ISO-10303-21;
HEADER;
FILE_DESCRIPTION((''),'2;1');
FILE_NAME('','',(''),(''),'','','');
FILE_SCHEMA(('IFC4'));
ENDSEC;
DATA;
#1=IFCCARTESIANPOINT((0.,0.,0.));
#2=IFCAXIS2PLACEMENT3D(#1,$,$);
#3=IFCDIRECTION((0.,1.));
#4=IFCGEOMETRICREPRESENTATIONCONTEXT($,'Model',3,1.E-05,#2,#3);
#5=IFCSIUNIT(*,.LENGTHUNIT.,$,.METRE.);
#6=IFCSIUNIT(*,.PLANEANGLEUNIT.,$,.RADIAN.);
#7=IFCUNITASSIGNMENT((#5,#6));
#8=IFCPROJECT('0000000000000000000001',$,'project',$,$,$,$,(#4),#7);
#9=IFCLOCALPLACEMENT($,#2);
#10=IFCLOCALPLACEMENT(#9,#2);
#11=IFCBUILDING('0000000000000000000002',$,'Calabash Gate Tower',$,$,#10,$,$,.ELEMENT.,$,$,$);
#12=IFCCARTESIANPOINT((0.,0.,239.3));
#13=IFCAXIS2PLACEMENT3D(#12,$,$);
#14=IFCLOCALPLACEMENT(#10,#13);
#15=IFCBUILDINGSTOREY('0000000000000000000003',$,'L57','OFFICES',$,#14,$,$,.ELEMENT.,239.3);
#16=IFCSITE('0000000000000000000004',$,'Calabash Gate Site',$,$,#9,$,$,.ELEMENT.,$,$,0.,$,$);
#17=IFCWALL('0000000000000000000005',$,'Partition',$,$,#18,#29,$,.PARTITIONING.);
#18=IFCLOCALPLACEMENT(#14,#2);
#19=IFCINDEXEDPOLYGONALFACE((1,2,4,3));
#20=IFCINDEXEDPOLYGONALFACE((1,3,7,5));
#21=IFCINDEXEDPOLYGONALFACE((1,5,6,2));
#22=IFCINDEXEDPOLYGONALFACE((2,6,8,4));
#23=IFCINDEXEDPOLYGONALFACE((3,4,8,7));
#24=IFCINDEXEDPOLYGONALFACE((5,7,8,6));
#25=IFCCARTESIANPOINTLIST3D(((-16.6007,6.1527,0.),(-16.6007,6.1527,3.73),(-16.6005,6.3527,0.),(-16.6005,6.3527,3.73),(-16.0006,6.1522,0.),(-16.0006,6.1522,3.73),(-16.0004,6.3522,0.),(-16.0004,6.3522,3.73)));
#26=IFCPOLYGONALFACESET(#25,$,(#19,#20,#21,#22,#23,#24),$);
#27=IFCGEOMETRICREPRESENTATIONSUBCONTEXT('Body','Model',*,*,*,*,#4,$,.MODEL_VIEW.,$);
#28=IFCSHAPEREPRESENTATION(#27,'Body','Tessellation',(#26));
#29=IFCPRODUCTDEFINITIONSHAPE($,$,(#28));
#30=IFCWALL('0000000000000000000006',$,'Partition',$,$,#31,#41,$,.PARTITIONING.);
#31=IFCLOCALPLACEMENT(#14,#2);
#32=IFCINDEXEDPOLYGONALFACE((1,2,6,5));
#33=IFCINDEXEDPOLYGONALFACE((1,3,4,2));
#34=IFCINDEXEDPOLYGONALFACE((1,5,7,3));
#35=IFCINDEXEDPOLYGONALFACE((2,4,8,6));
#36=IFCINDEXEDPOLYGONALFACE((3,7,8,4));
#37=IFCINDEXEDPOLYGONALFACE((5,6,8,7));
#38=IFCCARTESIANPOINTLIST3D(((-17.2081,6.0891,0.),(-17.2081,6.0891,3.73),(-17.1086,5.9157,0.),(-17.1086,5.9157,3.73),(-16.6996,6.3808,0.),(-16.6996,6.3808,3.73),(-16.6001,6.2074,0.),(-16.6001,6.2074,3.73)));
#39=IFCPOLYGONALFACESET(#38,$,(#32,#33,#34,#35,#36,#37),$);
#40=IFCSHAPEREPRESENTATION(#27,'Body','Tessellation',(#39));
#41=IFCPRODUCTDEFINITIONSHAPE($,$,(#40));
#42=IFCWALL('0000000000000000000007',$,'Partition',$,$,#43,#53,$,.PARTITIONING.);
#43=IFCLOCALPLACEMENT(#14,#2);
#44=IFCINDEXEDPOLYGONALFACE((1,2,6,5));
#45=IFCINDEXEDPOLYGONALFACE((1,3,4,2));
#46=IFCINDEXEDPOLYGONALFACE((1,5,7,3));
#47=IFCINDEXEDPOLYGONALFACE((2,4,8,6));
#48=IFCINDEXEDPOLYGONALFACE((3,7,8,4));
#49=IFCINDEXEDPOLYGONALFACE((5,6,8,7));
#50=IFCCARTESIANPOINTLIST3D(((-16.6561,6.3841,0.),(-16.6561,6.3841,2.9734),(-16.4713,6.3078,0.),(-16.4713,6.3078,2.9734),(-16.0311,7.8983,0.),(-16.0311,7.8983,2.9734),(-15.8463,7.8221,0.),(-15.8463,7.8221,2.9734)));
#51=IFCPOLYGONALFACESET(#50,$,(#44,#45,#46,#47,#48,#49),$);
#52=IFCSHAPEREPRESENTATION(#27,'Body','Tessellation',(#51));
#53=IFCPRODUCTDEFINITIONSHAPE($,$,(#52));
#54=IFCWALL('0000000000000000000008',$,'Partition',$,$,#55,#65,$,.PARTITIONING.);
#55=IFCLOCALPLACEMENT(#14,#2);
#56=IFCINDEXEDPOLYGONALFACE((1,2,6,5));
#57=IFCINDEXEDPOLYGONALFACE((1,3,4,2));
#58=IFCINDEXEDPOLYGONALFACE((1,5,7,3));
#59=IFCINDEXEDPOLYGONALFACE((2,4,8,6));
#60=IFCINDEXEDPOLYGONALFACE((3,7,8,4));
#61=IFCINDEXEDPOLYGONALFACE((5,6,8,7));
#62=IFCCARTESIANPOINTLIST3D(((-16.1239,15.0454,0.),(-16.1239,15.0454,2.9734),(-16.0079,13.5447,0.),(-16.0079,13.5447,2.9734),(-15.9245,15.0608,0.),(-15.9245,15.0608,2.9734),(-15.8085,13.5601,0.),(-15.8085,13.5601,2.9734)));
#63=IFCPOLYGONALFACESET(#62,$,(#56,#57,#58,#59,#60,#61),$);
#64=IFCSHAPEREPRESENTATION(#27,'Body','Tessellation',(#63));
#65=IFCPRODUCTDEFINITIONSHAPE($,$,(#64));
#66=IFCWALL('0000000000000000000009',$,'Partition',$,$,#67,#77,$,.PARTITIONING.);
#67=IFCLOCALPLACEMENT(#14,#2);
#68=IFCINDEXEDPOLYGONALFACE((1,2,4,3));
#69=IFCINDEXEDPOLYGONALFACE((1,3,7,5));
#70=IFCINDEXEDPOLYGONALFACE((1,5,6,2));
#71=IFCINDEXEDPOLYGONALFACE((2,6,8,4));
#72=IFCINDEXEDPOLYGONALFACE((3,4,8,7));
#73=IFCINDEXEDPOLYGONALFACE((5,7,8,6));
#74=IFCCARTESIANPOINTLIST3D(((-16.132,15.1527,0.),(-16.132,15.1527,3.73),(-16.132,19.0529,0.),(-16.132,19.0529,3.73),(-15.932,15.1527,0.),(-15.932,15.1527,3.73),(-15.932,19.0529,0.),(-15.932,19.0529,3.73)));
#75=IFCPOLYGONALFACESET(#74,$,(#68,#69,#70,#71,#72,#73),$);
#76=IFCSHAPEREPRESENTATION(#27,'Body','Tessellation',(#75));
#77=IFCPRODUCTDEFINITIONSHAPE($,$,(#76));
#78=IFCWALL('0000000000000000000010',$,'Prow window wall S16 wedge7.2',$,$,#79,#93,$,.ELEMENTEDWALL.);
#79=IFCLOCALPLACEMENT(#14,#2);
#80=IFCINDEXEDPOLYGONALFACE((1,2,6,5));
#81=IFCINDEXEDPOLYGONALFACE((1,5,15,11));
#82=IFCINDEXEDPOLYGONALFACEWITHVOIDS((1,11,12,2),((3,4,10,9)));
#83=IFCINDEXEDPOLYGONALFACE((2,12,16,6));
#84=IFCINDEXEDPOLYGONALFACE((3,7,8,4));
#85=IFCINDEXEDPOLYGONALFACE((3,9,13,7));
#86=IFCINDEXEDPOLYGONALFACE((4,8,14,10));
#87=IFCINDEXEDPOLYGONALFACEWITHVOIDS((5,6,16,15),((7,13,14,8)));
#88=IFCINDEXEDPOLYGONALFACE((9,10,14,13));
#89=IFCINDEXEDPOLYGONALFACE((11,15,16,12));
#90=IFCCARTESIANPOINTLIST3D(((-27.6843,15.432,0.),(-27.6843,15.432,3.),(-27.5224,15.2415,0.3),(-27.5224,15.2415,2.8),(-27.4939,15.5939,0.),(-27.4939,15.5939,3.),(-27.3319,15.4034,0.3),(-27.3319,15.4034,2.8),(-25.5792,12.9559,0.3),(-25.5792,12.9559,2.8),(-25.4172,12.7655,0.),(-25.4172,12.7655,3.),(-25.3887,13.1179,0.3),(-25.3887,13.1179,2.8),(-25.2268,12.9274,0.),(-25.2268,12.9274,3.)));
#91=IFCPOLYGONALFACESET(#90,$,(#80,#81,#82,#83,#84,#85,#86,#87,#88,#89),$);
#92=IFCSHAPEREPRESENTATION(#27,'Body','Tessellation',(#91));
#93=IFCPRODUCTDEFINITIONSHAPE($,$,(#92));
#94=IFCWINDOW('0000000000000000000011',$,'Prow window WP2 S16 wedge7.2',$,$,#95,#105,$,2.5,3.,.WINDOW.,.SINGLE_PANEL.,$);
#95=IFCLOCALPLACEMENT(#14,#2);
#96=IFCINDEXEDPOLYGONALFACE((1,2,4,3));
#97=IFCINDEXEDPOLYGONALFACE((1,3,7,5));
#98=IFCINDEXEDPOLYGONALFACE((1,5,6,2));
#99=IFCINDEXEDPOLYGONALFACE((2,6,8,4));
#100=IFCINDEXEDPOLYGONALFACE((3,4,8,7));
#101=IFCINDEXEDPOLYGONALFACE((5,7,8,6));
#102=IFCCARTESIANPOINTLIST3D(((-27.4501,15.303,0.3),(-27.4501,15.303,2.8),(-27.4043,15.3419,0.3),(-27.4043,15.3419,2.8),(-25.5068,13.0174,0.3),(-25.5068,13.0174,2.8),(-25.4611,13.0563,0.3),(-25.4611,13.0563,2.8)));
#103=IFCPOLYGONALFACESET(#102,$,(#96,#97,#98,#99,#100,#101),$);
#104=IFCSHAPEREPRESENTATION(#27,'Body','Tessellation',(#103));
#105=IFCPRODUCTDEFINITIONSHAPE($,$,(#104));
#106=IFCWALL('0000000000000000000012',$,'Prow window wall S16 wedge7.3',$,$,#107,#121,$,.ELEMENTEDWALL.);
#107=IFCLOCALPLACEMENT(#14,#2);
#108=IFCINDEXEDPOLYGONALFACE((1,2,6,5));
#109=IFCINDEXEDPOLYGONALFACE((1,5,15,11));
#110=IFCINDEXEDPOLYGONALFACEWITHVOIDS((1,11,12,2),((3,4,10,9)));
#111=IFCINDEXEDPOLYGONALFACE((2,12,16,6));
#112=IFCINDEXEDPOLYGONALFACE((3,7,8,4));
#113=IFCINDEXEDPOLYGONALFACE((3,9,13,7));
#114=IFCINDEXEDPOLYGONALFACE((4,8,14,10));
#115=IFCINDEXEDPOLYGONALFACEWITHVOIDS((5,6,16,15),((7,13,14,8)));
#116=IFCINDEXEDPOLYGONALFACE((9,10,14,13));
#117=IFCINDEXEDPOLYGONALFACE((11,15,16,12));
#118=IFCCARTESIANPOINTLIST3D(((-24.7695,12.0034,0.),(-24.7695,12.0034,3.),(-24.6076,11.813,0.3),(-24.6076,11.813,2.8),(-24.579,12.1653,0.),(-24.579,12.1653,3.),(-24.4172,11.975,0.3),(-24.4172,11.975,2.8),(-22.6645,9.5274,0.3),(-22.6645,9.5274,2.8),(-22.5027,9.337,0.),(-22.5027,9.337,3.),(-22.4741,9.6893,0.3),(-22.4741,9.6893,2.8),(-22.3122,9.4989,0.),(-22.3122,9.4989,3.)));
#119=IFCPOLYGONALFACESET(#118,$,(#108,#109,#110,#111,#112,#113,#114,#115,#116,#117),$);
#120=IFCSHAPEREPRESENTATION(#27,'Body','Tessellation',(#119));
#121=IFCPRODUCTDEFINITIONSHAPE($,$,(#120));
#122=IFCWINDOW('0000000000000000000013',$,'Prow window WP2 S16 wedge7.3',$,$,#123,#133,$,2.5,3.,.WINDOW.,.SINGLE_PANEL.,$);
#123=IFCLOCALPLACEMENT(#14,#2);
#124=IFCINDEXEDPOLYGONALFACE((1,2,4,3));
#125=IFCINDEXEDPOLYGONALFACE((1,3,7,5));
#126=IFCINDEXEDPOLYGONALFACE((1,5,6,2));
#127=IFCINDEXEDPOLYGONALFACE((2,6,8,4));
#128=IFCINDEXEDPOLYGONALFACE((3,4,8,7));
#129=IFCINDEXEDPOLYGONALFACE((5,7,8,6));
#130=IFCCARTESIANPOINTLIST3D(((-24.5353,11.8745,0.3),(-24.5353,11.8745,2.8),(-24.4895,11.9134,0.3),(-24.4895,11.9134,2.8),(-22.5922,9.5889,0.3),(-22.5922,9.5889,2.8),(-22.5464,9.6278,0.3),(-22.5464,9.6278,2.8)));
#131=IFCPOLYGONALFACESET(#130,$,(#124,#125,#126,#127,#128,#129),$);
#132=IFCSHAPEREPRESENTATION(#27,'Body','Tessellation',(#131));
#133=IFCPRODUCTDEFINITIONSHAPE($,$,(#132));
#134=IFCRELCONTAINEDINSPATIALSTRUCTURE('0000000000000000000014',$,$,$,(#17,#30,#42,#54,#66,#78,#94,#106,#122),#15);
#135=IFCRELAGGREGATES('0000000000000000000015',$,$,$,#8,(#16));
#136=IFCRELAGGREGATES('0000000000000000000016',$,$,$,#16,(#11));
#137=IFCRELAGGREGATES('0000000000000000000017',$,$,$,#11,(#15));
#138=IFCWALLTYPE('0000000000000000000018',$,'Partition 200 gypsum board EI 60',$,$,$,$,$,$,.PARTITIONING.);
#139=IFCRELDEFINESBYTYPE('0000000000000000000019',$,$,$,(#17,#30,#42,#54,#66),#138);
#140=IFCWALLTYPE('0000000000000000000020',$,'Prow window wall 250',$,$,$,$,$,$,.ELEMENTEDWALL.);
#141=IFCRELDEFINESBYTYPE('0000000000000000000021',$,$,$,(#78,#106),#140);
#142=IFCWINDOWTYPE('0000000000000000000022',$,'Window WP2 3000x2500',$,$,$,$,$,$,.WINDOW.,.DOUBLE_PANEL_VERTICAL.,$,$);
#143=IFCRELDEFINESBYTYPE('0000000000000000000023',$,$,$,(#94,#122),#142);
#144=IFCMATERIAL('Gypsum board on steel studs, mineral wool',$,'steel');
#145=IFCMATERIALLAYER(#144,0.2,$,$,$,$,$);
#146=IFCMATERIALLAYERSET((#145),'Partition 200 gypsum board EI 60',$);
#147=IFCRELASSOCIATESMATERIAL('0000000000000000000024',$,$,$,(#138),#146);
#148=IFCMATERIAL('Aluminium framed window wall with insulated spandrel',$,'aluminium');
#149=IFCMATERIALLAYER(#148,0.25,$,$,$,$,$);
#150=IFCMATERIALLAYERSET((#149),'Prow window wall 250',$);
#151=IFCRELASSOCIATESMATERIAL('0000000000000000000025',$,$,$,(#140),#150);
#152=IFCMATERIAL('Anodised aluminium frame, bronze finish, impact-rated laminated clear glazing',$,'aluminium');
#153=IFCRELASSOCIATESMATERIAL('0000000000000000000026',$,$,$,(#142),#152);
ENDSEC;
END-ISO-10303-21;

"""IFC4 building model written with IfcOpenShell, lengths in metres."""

from ifc_helpers import new_model, si_unit, direction, frame, frame_2d, origin, place, context, subcontext, project, spatial, rectangle, extrude, material, layer, layer_set, type_object, element, fill, save


model = new_model("IFC4")

# Units and contexts
model_context = context("Model", 3, precision=1e-05, world=origin(), true_north=direction((0.0, 1.0)))
body_context = subcontext(model_context, "Body", "Model", "MODEL_VIEW")
ifc_project = project(units=[si_unit("LENGTHUNIT", "METRE"), si_unit("PLANEANGLEUNIT", "RADIAN")], contexts=[model_context])

# Site, building, storey
site_placement = place(None, origin())
site = spatial("IfcSite", under=ifc_project, at=site_placement, Name="Calabash Gate Site", CompositionType="ELEMENT", RefElevation=0.0)
building_placement = place(site_placement, origin())
building = spatial("IfcBuilding", under=site, at=building_placement, Name="Calabash Gate Tower", CompositionType="ELEMENT")
storey_placement = place(building_placement, frame((0.0, 0.0, 239.3)))
storey = spatial("IfcBuildingStorey", under=building, at=storey_placement, Name="L57", Description="OFFICES", CompositionType="ELEMENT", Elevation=239.3)

# Walls
ifc_material_1 = material(Name="Gypsum board on steel studs, mineral wool", Category="steel")
ifc_layer_1 = layer(ifc_material_1, 0.2)
ifc_layer_set_1 = layer_set([ifc_layer_1], Name="Partition 200 gypsum board EI 60")
wall_type_1 = type_object("IfcWallType", Name="Partition 200 gypsum board EI 60", PredefinedType="PARTITIONING", material=ifc_layer_set_1)
wall_1_placement = place(storey_placement, frame((-16.6006, 6.2527, 0.0), z_axis=(0.0, 0.0, 1.0), x_axis=(1.0, -0.000814, 0.0)))
element("IfcWall", 1, at=wall_1_placement, inside=storey, type_object=wall_type_1, Name="Partition", PredefinedType="PARTITIONING", context=body_context, shape_type="SweptSolid", body=[
    extrude(rectangle(XDim=0.6001, YDim=0.2, at=frame_2d((0.3, 0.0))), origin(), (0.0, 0.0, 1.0), 3.73),
])
wall_2_placement = place(storey_placement, frame((-17.1582, 6.0024, 0.0), z_axis=(0.0, 0.0, 1.0), x_axis=(0.867396, 0.497618, 0.0)))
element("IfcWall", 2, at=wall_2_placement, inside=storey, type_object=wall_type_1, Name="Partition", PredefinedType="PARTITIONING", context=body_context, shape_type="SweptSolid", body=[
    extrude(rectangle(XDim=0.5862, YDim=0.2, at=frame_2d((0.293, 0.0))), origin(), (0.0, 0.0, 1.0), 3.73),
])
wall_3_placement = place(storey_placement, frame((-16.5637, 6.3459, 0.0), z_axis=(0.0, 0.0, 1.0), x_axis=(0.381544, 0.924351, 0.0)))
element("IfcWall", 3, at=wall_3_placement, inside=storey, type_object=wall_type_1, Name="Partition", PredefinedType="PARTITIONING", context=body_context, shape_type="SweptSolid", body=[
    extrude(rectangle(XDim=1.6382, YDim=0.2, at=frame_2d((0.8191, 0.0))), origin(), (0.0, 0.0, 1.0), 2.9734),
])
wall_4_placement = place(storey_placement, frame((-16.0242, 15.053, 0.0), z_axis=(0.0, 0.0, 1.0), x_axis=(0.077044, -0.997028, 0.0)))
element("IfcWall", 4, at=wall_4_placement, inside=storey, type_object=wall_type_1, Name="Partition", PredefinedType="PARTITIONING", context=body_context, shape_type="SweptSolid", body=[
    extrude(rectangle(XDim=1.5051, YDim=0.2, at=frame_2d((0.7524, 0.0))), origin(), (0.0, 0.0, 1.0), 2.9734),
])
wall_5_placement = place(storey_placement, frame((-16.032, 15.1526, 0.0), z_axis=(0.0, 0.0, 1.0), x_axis=(0.0, 1.0, 0.0)))
element("IfcWall", 5, at=wall_5_placement, inside=storey, type_object=wall_type_1, Name="Partition", PredefinedType="PARTITIONING", context=body_context, shape_type="SweptSolid", body=[
    extrude(rectangle(XDim=3.9001, YDim=0.2, at=frame_2d((1.9502, 0.0))), origin(), (0.0, 0.0, 1.0), 3.73),
])

# Walls, openings, windows
ifc_material_2 = material(Name="Aluminium framed window wall with insulated spandrel", Category="aluminium")
ifc_layer_2 = layer(ifc_material_2, 0.25)
ifc_layer_set_2 = layer_set([ifc_layer_2], Name="Prow window wall 250")
wall_type_2 = type_object("IfcWallType", Name="Prow window wall 250", PredefinedType="ELEMENTEDWALL", material=ifc_layer_set_2)
wall_6_placement = place(storey_placement, frame((-27.5891, 15.5129, 0.0), z_axis=(0.0, 0.0, 1.0), x_axis=(0.647742, -0.76186, 0.0)))
wall_6 = element("IfcWall", 6, at=wall_6_placement, inside=storey, type_object=wall_type_2, Name="Prow window wall S16 wedge7.2", PredefinedType="ELEMENTEDWALL", context=body_context, shape_type="SweptSolid", body=[
    extrude(rectangle(XDim=3.5, YDim=0.25, at=frame_2d((1.75, 0.0))), origin(), (0.0, 0.0, 1.0), 3.0),
])
opening_1_placement = place(wall_6_placement, frame((0.25, 0.0, 0.3)))
opening_1 = element("IfcOpeningElement", 7, at=opening_1_placement, cuts=wall_6, PredefinedType="OPENING", context=body_context, shape_type="SweptSolid", body=[
    extrude(rectangle(XDim=3.0, YDim=2.5, at=frame_2d((1.5, 1.25))), frame((0.0, 0.135, 0.0), z_axis=(0.0, -1.0, 0.0), x_axis=(1.0, 0.0, 0.0)), (0.0, 0.0, 1.0), 0.27),
])
ifc_material_3 = material(Name="Anodised aluminium frame, bronze finish, impact-rated laminated clear glazing", Category="aluminium")
window_type_1 = type_object("IfcWindowType", Name="Window WP2 3000x2500", PartitioningType="DOUBLE_PANEL_VERTICAL", PredefinedType="WINDOW", material=ifc_material_3)
window_1_placement = place(opening_1_placement, origin())
window_1 = element("IfcWindow", 8, at=window_1_placement, inside=storey, type_object=window_type_1, Name="Prow window WP2 S16 wedge7.2", OverallHeight=2.5, OverallWidth=3.0, PartitioningType="SINGLE_PANEL", PredefinedType="WINDOW", context=body_context, shape_type="SweptSolid", body=[
    extrude(rectangle(XDim=3.0, YDim=2.5, at=frame_2d((1.5, 1.25))), frame((0.0, 0.03, 0.0), z_axis=(0.0, -1.0, 0.0), x_axis=(1.0, 0.0, 0.0)), (0.0, 0.0, 1.0), 0.0601),
])
fill(opening_1, window_1)
wall_7_placement = place(storey_placement, frame((-24.6743, 12.0845, 0.0), z_axis=(0.0, 0.0, 1.0), x_axis=(0.647701, -0.761895, 0.0)))
wall_7 = element("IfcWall", 9, at=wall_7_placement, inside=storey, type_object=wall_type_2, Name="Prow window wall S16 wedge7.3", PredefinedType="ELEMENTEDWALL", context=body_context, shape_type="SweptSolid", body=[
    extrude(rectangle(XDim=3.4998, YDim=0.25, at=frame_2d((1.75, 0.0))), origin(), (0.0, 0.0, 1.0), 3.0),
])
opening_2_placement = place(wall_7_placement, frame((0.25, 0.0, 0.3)))
opening_2 = element("IfcOpeningElement", 10, at=opening_2_placement, cuts=wall_7, PredefinedType="OPENING", context=body_context, shape_type="SweptSolid", body=[
    extrude(rectangle(XDim=3.0, YDim=2.5, at=frame_2d((1.5, 1.25))), frame((0.0, 0.135, 0.0), z_axis=(0.0, -1.0, 0.0), x_axis=(1.0, 0.0, 0.0)), (0.0, 0.0, 1.0), 0.27),
])
window_2_placement = place(opening_2_placement, origin())
window_2 = element("IfcWindow", 11, at=window_2_placement, inside=storey, type_object=window_type_1, Name="Prow window WP2 S16 wedge7.3", OverallHeight=2.5, OverallWidth=3.0, PartitioningType="SINGLE_PANEL", PredefinedType="WINDOW", context=body_context, shape_type="SweptSolid", body=[
    extrude(rectangle(XDim=3.0, YDim=2.5, at=frame_2d((1.5, 1.25))), frame((0.0, 0.03, 0.0), z_axis=(0.0, -1.0, 0.0), x_axis=(1.0, 0.0, 0.0)), (0.0, 0.0, 1.0), 0.0601),
])
fill(opening_2, window_2)

save(model, "model.ifc")
